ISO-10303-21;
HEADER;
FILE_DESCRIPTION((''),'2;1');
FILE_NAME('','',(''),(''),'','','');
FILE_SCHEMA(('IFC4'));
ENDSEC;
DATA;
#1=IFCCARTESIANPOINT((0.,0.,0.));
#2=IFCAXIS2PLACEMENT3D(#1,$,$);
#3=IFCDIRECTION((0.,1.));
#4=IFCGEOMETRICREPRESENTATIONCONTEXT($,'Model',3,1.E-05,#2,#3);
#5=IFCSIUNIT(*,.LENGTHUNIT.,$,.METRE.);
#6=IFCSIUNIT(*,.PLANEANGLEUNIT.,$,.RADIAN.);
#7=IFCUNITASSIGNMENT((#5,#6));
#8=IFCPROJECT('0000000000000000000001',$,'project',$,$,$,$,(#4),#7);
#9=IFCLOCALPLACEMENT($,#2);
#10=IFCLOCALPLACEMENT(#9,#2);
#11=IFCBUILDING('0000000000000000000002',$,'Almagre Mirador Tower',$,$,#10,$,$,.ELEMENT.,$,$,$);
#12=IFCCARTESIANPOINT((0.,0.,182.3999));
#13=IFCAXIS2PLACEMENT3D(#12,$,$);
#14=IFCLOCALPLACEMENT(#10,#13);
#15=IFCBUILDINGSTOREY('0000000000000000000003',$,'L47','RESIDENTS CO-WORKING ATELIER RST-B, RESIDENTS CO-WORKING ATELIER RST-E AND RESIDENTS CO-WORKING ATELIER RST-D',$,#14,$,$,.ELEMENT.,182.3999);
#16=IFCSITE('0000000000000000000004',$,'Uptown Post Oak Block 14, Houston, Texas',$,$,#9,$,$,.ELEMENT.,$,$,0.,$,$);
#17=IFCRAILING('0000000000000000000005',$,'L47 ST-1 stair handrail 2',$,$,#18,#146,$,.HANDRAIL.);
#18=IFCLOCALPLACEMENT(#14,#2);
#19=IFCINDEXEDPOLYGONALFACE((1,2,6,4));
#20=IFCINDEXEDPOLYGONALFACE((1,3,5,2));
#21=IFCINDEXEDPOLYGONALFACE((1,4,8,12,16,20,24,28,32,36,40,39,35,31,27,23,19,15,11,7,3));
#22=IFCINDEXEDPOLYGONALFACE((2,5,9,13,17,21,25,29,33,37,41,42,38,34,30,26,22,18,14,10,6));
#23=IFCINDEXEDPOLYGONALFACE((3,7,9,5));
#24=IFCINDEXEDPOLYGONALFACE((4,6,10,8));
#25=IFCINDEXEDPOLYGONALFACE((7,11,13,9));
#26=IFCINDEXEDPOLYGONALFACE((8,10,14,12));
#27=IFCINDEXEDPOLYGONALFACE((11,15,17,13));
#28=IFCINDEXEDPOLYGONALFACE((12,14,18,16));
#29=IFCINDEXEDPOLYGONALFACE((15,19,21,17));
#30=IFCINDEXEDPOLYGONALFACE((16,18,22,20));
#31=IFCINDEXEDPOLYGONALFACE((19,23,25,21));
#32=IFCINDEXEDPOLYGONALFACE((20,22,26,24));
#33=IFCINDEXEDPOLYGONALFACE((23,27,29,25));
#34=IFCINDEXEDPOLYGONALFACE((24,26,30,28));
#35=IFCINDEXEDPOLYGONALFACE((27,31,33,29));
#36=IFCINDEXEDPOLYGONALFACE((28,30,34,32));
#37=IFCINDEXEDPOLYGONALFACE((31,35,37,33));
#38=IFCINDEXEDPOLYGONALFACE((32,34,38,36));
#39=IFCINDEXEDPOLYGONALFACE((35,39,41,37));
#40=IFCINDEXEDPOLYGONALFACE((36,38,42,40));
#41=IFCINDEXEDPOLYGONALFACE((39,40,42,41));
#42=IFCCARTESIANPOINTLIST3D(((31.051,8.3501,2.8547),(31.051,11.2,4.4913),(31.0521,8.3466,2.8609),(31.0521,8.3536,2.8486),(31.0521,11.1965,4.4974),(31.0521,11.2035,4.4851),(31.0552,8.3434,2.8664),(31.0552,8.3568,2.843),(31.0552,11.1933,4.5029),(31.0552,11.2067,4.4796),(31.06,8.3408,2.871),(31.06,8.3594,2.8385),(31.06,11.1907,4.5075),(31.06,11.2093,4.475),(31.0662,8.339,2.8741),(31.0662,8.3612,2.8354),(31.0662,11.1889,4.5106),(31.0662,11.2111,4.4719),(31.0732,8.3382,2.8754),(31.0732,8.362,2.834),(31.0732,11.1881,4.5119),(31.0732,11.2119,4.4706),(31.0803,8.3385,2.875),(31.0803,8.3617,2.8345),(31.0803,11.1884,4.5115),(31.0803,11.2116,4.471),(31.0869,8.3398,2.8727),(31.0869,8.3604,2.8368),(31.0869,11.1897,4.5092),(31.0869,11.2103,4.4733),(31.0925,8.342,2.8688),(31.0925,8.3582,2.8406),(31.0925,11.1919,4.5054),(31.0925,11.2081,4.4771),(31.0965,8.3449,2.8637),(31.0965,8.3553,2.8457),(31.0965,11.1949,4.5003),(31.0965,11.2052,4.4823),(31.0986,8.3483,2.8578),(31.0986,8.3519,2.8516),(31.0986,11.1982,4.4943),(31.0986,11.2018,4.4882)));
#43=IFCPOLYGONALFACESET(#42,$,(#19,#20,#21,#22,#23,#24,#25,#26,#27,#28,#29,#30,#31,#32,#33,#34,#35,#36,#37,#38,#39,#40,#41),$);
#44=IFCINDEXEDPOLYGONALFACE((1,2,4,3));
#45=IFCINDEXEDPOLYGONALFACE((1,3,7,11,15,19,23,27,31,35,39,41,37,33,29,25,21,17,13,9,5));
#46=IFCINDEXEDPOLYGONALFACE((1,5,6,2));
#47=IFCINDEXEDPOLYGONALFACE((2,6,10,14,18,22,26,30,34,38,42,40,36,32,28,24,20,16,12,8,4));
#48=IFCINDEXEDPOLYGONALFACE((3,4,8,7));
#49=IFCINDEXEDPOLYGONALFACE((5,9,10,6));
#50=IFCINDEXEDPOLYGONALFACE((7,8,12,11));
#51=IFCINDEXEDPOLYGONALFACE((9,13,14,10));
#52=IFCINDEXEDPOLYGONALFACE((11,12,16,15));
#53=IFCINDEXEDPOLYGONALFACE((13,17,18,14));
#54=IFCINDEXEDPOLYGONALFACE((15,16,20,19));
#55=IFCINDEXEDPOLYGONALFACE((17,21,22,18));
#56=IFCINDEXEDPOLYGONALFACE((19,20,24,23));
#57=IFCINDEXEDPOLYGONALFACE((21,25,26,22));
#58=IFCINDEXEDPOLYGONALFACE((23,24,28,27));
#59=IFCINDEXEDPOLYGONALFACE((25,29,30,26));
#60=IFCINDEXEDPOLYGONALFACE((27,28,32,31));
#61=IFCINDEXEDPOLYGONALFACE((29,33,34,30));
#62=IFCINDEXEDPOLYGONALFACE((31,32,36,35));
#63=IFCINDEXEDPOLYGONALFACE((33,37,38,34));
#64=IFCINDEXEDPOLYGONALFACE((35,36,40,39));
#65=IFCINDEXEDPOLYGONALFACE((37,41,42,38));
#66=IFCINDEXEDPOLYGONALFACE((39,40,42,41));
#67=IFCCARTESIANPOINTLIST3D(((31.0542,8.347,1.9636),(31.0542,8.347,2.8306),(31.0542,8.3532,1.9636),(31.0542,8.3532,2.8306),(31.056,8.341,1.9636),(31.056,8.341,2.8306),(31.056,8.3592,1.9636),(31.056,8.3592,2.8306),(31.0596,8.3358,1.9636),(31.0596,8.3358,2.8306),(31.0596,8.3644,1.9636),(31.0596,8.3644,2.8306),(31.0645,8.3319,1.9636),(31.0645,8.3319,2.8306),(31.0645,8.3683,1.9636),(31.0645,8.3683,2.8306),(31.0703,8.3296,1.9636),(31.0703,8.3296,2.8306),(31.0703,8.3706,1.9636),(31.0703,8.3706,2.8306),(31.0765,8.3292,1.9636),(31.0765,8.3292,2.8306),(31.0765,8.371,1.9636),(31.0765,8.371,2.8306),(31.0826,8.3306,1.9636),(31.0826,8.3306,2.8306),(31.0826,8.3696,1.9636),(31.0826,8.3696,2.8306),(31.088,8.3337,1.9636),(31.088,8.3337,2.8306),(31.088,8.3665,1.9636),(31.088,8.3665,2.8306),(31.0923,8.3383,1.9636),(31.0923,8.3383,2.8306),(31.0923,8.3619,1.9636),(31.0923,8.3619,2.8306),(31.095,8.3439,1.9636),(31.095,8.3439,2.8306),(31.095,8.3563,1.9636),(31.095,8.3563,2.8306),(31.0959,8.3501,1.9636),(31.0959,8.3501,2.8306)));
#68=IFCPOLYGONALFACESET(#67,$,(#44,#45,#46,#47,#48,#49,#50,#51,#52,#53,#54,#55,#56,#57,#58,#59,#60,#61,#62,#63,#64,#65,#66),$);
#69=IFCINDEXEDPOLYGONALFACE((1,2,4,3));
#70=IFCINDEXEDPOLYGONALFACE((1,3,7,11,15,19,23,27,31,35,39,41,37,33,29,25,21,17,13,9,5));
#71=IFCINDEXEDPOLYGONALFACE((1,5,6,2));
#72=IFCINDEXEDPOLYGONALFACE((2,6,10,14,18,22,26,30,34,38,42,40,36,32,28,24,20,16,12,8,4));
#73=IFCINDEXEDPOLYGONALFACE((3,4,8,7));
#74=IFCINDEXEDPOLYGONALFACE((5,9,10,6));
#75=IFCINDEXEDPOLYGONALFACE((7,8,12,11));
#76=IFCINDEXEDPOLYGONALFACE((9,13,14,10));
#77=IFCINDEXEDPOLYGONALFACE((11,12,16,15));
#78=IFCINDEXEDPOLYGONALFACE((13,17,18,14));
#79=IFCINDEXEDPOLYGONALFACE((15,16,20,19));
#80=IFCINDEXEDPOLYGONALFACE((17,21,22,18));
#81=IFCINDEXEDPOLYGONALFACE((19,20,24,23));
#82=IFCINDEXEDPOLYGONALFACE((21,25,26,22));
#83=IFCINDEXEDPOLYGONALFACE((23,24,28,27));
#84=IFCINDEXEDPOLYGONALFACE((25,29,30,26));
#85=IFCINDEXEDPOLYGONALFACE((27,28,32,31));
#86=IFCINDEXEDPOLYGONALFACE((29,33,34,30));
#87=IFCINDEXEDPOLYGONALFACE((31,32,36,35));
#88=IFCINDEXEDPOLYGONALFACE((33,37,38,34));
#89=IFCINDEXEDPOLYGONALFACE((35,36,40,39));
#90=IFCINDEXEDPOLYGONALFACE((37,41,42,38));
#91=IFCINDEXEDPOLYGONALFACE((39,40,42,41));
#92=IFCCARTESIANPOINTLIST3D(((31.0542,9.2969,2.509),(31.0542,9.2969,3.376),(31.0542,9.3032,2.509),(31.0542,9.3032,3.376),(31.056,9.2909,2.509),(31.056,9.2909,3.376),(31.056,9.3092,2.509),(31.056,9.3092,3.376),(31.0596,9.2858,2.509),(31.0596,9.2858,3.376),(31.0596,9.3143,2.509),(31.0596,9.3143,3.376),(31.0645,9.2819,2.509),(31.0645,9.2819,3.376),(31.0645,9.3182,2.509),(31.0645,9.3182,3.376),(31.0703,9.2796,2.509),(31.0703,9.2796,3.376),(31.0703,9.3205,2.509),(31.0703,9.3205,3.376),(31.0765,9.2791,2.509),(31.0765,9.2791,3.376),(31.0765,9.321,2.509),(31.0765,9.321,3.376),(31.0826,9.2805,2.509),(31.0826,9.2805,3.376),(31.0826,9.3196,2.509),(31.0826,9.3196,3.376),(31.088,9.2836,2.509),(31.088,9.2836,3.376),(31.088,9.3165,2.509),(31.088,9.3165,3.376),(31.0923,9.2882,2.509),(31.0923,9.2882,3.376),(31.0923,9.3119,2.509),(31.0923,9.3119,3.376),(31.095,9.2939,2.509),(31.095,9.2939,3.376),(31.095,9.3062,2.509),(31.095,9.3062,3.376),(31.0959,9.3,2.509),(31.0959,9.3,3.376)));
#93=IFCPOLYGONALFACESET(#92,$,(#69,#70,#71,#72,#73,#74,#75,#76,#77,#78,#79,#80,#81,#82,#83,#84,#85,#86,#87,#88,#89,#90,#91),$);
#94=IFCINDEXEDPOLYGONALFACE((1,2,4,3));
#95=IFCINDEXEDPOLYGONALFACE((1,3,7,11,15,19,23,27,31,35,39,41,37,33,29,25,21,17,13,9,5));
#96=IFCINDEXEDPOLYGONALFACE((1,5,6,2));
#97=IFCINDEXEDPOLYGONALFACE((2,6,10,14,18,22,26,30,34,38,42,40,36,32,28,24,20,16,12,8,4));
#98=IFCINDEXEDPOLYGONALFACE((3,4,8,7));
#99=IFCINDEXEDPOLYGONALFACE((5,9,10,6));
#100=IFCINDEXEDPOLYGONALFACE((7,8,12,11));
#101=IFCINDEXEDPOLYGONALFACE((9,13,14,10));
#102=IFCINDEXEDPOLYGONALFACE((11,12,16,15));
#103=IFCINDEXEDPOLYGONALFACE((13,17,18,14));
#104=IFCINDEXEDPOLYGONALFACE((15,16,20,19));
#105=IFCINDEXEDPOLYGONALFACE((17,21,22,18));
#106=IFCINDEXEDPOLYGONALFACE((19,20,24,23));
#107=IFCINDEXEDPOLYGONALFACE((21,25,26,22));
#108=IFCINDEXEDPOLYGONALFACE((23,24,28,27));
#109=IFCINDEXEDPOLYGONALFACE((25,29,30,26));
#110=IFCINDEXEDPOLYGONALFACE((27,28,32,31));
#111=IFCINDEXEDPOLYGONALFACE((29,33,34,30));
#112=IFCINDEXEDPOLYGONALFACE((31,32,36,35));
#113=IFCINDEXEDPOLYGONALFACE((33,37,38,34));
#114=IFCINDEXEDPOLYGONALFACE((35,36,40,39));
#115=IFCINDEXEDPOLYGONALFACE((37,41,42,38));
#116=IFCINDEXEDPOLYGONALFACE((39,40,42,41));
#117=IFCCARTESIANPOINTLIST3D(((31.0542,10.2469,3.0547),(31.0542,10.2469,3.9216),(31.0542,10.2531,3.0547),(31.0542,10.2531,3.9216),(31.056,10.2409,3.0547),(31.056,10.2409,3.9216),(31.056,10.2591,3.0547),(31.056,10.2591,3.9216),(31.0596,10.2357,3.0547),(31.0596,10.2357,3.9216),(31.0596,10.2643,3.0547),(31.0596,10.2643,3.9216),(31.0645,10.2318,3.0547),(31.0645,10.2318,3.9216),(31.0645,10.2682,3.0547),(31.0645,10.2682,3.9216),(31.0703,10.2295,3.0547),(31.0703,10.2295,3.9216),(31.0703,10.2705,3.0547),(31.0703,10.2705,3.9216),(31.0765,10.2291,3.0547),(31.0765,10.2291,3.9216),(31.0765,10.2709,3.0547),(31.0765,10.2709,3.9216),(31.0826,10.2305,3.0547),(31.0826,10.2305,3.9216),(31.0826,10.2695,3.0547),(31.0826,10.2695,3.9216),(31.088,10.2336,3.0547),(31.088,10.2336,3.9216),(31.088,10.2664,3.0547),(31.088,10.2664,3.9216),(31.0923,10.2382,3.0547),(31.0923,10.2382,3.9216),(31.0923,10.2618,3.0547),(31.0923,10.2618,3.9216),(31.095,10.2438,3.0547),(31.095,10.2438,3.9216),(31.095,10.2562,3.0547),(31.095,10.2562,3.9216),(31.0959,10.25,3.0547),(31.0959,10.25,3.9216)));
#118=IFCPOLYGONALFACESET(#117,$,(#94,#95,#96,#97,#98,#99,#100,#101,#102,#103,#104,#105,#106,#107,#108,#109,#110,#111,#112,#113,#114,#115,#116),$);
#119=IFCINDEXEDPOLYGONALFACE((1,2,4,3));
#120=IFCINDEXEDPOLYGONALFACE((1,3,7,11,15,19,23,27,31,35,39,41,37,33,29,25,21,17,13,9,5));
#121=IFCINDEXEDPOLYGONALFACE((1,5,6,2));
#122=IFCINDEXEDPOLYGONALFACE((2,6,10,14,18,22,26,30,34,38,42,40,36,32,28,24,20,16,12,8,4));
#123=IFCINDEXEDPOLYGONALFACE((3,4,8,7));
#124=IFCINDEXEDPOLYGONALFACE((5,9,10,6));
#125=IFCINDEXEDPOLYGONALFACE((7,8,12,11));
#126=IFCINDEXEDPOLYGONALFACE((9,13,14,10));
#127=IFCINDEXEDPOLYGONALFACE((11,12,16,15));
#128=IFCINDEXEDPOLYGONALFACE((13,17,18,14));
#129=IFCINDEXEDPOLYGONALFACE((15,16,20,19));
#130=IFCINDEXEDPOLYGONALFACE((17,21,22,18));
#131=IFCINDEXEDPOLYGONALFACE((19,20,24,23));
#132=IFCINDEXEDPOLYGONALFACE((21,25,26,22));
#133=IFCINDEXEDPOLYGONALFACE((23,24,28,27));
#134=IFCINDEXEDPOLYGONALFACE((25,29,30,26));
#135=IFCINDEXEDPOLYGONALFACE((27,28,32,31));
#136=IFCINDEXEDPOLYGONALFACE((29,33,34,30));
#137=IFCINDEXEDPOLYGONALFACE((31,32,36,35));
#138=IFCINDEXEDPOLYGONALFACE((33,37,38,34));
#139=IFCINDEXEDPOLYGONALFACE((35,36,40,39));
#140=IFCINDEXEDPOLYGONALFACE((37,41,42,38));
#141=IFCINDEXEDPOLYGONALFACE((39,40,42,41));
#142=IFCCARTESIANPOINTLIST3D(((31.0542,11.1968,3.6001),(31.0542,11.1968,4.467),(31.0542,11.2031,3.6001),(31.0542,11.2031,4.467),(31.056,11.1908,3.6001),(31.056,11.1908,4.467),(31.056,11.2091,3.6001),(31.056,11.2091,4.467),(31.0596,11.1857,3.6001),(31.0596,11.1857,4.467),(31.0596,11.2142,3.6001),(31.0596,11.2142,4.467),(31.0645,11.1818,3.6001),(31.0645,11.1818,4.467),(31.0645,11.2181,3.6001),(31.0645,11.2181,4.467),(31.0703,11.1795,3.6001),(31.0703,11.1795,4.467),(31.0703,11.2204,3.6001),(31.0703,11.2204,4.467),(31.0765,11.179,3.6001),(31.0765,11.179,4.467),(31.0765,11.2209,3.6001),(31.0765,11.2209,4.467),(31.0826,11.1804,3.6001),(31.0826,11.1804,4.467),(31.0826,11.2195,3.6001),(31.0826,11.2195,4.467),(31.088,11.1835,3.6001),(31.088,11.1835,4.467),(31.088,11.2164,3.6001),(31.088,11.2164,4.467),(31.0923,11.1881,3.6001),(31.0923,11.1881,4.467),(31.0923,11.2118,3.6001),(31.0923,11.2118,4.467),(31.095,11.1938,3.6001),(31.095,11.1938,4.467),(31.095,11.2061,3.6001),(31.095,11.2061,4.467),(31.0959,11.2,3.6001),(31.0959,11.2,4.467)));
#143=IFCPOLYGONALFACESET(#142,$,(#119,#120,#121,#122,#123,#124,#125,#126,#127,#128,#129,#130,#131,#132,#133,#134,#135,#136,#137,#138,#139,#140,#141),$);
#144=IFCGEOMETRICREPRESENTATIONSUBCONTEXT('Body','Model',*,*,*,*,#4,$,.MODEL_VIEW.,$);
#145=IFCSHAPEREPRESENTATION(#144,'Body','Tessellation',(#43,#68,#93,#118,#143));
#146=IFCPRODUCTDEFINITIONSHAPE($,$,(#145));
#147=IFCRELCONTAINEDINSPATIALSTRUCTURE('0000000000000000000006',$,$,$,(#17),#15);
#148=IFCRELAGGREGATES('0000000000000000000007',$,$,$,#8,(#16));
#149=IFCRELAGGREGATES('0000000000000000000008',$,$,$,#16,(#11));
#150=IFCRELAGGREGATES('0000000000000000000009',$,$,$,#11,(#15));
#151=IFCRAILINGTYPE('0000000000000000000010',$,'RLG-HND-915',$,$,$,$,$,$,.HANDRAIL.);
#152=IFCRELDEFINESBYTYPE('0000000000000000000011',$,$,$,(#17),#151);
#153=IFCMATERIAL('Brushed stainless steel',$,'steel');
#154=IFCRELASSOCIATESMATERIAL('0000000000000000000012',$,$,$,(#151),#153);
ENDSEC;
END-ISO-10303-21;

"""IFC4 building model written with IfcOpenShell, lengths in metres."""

from ifc_helpers import new_model, si_unit, direction, frame, origin, origin_2d, place, context, subcontext, project, spatial, circle, extrude, material, type_object, element, save


model = new_model("IFC4")

# Units and contexts
model_context = context("Model", 3, precision=1e-05, world=origin(), true_north=direction((0.0, 1.0)))
body_context = subcontext(model_context, "Body", "Model", "MODEL_VIEW")
ifc_project = project(units=[si_unit("LENGTHUNIT", "METRE"), si_unit("PLANEANGLEUNIT", "RADIAN")], contexts=[model_context])

# Site, building, storey
site_placement = place(None, origin())
site = spatial("IfcSite", under=ifc_project, at=site_placement, Name="Uptown Post Oak Block 14, Houston, Texas", CompositionType="ELEMENT", RefElevation=0.0)
building_placement = place(site_placement, origin())
building = spatial("IfcBuilding", under=site, at=building_placement, Name="Almagre Mirador Tower", CompositionType="ELEMENT")
storey_placement = place(building_placement, frame((0.0, 0.0, 182.3999)))
storey = spatial("IfcBuildingStorey", under=building, at=storey_placement, Name="L47", Description="RESIDENTS CO-WORKING ATELIER RST-B, RESIDENTS CO-WORKING ATELIER RST-E AND RESIDENTS CO-WORKING ATELIER RST-D", CompositionType="ELEMENT", Elevation=182.3999)

# Railing
ifc_material_1 = material(Name="Brushed stainless steel", Category="steel")
railing_type_1 = type_object("IfcRailingType", Name="RLG-HND-915", PredefinedType="HANDRAIL", material=ifc_material_1)
railing_1_placement = place(storey_placement, frame((31.075, 8.3501, 1.9636)))
element("IfcRailing", 1, at=railing_1_placement, inside=storey, type_object=railing_type_1, Name="L47 ST-1 stair handrail 2", PredefinedType="HANDRAIL", context=body_context, shape_type="SweptSolid", body=[
    extrude(circle(Radius=0.0239, at=origin_2d()), frame((0.0, 0.0, 0.8911), z_axis=(0.0, 0.867194, 0.49797), x_axis=(-1.0, 0.0, 0.0)), (0.0, 0.0, 1.0), 3.2864),
    extrude(circle(Radius=0.021, at=origin_2d()), origin(), (0.0, 0.0, 1.0), 0.8669),
    extrude(circle(Radius=0.021, at=origin_2d()), frame((0.0, 0.95, 0.5454)), (0.0, 0.0, 1.0), 0.8669),
    extrude(circle(Radius=0.021, at=origin_2d()), frame((0.0, 1.8999, 1.0911)), (0.0, 0.0, 1.0), 0.8669),
    extrude(circle(Radius=0.021, at=origin_2d()), frame((0.0, 2.8499, 1.6365)), (0.0, 0.0, 1.0), 0.8669),
])

save(model, "model.ifc")
